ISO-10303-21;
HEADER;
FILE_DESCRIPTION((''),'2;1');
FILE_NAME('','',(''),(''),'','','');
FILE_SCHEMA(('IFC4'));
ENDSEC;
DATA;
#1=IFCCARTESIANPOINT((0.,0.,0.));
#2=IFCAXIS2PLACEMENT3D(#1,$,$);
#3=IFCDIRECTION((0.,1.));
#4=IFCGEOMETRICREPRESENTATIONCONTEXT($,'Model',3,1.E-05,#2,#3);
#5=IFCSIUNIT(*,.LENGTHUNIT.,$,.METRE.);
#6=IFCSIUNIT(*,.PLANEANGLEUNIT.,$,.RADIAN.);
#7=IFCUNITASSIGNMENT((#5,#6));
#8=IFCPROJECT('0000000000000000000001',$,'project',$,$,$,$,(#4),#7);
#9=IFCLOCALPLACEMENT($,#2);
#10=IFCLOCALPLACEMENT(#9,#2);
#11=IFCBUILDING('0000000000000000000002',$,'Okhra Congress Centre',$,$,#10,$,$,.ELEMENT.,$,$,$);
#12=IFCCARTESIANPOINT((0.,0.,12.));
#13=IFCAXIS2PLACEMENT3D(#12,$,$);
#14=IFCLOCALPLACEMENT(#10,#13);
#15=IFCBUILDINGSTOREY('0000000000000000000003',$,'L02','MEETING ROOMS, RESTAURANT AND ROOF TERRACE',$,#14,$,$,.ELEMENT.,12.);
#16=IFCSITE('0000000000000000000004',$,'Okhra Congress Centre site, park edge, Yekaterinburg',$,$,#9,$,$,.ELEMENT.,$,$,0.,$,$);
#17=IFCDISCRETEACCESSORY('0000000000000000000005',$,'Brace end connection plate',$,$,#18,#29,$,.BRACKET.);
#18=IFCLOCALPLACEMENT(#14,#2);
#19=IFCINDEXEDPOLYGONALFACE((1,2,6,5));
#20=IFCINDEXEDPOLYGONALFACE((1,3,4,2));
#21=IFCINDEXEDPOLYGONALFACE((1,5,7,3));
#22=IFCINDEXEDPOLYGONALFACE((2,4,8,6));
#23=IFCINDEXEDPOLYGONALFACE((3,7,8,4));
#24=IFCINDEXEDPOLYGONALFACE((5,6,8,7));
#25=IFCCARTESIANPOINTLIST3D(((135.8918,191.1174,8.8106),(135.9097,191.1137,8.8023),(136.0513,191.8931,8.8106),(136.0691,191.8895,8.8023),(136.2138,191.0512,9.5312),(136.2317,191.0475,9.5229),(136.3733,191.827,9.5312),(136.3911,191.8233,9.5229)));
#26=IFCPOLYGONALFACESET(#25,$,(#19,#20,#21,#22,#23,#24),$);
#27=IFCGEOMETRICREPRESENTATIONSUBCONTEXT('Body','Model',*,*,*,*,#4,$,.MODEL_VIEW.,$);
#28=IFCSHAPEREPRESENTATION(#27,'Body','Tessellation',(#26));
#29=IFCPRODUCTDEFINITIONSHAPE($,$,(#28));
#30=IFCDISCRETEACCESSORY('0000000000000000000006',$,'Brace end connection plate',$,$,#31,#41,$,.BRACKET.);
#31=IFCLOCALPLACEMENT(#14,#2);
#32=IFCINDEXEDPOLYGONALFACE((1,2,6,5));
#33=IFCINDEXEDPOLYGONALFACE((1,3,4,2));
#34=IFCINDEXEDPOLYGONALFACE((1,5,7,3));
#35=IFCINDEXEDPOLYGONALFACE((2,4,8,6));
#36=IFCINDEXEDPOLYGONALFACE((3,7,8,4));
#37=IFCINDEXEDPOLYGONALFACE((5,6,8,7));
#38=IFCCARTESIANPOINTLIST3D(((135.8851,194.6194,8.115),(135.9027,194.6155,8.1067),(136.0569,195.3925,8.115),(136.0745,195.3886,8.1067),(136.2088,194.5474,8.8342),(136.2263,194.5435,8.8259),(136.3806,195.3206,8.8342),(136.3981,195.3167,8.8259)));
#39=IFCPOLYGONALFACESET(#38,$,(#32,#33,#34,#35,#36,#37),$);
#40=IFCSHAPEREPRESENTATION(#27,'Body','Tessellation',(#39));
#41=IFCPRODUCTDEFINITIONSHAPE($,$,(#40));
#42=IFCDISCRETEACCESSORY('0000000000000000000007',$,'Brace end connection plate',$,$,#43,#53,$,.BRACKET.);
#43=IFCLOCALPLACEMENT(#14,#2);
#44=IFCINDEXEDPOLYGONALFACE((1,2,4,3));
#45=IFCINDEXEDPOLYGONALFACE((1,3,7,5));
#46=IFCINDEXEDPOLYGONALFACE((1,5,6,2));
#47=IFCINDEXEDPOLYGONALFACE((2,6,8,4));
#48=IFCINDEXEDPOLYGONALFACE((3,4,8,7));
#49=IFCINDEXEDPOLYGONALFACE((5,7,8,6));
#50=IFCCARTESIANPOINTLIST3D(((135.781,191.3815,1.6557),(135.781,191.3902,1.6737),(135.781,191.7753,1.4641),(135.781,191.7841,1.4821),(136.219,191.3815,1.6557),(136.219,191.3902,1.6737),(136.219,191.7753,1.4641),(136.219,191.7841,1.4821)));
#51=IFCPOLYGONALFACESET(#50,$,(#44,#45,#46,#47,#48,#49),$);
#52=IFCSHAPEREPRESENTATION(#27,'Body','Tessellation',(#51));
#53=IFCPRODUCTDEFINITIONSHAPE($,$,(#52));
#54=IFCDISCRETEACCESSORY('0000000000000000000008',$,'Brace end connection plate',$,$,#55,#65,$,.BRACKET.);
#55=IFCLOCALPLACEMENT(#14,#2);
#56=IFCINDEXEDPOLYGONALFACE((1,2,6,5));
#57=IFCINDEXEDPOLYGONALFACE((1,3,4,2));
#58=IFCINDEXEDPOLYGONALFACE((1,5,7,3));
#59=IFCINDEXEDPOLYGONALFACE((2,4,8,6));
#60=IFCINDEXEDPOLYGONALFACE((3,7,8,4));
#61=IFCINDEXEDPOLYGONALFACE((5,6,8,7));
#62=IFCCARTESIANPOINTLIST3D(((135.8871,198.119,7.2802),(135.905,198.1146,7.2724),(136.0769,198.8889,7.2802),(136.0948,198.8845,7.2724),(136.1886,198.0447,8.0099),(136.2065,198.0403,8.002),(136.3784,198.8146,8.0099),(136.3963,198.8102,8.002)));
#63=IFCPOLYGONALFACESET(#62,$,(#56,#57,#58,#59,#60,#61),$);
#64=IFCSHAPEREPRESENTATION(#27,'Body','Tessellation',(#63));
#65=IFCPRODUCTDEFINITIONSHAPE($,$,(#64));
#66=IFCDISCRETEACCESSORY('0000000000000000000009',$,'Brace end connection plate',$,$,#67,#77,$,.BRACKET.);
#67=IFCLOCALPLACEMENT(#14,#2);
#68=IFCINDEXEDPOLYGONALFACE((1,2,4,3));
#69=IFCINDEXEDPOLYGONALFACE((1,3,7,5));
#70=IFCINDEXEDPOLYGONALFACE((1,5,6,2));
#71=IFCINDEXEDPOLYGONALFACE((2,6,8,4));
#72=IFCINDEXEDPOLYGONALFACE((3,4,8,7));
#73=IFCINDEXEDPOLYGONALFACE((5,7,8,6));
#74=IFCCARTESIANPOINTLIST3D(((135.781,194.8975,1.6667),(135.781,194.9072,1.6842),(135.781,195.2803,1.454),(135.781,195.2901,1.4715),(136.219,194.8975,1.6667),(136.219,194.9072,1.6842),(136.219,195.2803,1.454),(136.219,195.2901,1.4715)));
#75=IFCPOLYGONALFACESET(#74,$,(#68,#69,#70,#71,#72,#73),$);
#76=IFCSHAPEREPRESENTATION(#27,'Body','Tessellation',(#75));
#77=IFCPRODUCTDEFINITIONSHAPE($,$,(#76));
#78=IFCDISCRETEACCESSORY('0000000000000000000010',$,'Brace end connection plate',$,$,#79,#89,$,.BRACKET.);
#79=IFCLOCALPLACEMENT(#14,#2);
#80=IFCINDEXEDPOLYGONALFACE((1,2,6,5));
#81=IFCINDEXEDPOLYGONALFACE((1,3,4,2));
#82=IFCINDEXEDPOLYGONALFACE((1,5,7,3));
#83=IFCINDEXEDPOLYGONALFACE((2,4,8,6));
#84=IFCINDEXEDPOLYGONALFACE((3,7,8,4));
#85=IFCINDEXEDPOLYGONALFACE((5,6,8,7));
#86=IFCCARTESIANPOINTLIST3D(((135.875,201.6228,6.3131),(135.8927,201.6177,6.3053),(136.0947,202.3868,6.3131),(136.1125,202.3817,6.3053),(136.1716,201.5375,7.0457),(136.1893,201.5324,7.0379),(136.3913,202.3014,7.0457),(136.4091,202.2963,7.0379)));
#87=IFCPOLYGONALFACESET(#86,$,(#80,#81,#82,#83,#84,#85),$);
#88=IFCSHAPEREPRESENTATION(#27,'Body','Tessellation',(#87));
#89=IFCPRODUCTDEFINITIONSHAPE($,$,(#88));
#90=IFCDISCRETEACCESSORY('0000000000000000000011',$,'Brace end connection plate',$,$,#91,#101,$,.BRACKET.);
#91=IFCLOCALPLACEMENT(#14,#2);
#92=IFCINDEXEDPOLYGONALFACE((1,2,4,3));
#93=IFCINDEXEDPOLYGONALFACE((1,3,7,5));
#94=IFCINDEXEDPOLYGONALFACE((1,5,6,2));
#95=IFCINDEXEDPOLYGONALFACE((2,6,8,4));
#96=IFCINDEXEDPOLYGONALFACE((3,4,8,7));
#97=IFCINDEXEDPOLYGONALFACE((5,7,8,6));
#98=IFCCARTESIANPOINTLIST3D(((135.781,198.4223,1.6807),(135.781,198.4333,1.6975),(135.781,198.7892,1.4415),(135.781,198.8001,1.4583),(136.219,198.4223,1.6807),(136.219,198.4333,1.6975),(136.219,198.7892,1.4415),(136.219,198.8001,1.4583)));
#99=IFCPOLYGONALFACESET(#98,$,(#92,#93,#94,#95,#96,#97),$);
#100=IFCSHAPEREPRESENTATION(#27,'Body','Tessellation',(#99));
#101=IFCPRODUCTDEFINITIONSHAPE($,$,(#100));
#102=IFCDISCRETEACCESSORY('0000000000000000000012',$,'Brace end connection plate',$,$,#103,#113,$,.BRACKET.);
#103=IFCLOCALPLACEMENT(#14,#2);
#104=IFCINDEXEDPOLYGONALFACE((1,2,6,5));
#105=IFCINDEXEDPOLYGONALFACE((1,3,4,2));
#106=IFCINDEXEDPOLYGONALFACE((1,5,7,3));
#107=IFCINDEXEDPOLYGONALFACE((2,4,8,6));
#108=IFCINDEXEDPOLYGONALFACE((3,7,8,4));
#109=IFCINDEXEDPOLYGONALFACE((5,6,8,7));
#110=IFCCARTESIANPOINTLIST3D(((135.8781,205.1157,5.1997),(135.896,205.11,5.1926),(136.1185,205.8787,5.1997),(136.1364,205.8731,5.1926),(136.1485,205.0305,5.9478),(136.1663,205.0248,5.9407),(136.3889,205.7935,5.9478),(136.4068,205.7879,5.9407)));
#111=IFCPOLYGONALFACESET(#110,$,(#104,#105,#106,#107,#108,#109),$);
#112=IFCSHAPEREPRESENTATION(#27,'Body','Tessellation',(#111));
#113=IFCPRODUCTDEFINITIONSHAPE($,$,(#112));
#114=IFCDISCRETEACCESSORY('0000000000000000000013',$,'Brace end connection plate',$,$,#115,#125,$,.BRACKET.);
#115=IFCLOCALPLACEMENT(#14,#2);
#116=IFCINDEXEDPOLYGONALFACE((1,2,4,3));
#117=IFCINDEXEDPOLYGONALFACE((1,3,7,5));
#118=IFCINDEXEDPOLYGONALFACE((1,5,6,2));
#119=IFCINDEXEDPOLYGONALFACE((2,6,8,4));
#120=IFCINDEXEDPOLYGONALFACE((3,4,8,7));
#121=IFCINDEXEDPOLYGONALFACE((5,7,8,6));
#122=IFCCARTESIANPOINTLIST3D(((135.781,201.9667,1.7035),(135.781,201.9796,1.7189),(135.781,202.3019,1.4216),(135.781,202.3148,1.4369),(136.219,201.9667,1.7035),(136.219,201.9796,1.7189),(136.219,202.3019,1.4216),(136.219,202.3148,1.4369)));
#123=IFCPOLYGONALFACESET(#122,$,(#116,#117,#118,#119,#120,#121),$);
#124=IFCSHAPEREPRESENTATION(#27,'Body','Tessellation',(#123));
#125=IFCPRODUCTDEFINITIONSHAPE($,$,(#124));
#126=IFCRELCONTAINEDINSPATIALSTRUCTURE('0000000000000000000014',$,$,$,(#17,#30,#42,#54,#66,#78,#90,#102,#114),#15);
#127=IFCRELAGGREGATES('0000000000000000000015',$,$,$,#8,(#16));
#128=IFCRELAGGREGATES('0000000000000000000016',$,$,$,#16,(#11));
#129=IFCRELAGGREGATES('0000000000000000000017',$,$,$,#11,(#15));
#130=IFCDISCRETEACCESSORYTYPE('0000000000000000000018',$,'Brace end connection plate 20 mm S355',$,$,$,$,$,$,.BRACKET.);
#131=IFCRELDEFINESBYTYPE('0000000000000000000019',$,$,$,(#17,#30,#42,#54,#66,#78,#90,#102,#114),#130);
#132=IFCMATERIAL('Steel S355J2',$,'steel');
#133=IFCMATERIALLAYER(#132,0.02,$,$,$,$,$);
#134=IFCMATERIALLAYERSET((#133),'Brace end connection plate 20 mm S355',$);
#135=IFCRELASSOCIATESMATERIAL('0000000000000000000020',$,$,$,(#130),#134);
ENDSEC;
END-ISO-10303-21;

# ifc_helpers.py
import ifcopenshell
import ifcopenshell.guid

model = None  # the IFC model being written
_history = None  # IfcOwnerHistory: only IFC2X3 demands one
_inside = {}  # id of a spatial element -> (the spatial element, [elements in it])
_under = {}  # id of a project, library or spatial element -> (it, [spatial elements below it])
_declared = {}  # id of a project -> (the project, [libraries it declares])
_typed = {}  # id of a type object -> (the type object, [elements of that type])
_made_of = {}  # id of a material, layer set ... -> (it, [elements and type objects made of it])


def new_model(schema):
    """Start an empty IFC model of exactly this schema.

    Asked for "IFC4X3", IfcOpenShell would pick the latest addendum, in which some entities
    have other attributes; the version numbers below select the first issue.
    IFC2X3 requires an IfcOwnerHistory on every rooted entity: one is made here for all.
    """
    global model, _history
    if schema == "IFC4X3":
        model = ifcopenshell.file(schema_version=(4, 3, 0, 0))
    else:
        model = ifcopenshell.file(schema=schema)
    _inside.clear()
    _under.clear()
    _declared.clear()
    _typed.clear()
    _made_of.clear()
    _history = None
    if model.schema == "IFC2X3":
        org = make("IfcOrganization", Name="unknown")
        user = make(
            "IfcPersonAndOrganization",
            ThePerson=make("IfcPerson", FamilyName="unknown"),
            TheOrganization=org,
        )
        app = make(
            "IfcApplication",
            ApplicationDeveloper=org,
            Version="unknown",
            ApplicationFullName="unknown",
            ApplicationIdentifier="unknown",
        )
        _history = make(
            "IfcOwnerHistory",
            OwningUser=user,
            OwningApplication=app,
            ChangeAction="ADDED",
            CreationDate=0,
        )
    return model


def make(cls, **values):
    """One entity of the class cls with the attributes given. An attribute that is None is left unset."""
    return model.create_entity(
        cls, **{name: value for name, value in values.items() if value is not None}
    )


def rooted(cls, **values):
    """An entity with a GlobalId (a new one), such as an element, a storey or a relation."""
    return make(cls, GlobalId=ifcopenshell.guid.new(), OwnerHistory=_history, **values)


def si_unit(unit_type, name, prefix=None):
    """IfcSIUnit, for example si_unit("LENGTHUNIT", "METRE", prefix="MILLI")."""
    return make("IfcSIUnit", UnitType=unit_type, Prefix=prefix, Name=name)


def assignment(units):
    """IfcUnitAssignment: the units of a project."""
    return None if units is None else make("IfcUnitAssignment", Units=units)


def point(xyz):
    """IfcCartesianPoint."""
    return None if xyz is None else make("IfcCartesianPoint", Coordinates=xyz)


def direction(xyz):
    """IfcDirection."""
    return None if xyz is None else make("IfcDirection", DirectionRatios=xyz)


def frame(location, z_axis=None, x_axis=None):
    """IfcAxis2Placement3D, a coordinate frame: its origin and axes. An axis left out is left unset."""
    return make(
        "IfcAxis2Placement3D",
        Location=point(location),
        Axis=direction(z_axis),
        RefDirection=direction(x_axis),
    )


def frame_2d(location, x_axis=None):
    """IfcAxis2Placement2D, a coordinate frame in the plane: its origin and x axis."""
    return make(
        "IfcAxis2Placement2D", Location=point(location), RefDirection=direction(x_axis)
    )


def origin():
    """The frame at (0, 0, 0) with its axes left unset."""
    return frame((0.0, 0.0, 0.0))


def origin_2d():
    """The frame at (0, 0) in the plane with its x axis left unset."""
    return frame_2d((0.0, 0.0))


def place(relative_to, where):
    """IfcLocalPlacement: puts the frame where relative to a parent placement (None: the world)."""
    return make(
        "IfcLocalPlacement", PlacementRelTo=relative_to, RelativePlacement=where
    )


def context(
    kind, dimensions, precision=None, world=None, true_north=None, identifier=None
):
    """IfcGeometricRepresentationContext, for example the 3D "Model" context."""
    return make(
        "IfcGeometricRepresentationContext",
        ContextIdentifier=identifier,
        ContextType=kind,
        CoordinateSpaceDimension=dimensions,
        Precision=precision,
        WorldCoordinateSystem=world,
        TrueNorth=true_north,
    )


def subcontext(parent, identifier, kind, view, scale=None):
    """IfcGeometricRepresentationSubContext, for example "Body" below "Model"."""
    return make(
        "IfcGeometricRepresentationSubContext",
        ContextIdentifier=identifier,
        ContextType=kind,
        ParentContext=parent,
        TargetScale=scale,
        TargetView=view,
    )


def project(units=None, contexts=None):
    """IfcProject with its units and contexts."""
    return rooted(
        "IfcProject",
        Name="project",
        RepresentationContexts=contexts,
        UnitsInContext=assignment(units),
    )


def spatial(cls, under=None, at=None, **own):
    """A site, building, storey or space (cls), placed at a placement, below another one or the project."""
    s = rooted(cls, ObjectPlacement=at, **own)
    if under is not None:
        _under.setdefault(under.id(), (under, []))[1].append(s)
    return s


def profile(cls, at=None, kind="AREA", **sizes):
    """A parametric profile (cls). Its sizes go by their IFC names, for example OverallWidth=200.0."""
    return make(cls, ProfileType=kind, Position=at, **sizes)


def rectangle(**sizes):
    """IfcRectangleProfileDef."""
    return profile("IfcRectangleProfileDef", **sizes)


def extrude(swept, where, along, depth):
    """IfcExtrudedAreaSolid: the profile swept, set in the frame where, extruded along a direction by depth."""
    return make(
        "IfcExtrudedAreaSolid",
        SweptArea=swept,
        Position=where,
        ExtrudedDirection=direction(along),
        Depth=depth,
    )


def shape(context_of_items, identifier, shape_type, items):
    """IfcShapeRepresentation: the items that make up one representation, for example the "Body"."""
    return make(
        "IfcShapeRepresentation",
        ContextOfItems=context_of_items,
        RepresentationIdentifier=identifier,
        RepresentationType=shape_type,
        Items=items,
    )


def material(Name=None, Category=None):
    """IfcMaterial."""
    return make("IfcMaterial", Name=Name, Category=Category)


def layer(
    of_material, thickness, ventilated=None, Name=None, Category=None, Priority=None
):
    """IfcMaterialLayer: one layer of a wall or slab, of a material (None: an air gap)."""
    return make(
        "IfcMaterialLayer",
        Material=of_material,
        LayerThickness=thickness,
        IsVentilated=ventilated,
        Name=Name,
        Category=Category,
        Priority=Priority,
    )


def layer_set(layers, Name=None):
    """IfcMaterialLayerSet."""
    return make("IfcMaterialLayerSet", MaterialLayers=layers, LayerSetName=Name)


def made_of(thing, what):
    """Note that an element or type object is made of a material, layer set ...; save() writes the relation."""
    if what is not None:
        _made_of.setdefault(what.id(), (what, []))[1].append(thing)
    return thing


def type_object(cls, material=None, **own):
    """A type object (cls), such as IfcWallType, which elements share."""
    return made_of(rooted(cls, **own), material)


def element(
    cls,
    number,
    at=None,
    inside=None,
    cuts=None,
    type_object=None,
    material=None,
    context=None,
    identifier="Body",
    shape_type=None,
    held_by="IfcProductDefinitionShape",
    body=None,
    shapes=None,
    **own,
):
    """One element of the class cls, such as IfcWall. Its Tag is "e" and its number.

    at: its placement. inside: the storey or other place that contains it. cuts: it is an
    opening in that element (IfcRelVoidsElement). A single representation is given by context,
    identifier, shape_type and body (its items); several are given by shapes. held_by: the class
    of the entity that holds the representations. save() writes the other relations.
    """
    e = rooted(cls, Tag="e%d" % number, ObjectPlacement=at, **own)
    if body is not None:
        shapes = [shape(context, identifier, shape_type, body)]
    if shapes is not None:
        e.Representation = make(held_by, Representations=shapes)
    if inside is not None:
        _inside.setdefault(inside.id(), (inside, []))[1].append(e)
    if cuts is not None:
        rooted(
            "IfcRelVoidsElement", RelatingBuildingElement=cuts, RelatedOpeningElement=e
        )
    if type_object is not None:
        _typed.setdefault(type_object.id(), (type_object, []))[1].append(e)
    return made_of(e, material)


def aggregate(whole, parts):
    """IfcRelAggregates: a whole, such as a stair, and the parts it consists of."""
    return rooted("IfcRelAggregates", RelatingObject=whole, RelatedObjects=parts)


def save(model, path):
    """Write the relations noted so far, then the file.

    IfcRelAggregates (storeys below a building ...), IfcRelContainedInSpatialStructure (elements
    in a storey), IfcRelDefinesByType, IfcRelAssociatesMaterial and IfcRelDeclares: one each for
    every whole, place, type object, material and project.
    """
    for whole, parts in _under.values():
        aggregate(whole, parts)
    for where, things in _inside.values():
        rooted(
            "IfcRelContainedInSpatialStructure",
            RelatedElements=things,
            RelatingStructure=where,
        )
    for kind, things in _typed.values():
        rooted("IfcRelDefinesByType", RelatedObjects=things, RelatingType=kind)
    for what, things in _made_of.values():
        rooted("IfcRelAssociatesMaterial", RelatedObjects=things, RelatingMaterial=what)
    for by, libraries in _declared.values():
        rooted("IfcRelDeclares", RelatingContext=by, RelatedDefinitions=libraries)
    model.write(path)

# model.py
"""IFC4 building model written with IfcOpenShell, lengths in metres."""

from ifc_helpers import new_model, si_unit, direction, frame, origin, origin_2d, place, context, subcontext, project, spatial, rectangle, extrude, material, layer, layer_set, type_object, element, save


model = new_model("IFC4")

# Units and contexts
model_context = context("Model", 3, precision=1e-05, world=origin(), true_north=direction((0.0, 1.0)))
body_context = subcontext(model_context, "Body", "Model", "MODEL_VIEW")
ifc_project = project(units=[si_unit("LENGTHUNIT", "METRE"), si_unit("PLANEANGLEUNIT", "RADIAN")], contexts=[model_context])

# Site, building, storey
site_placement = place(None, origin())
site = spatial("IfcSite", under=ifc_project, at=site_placement, Name="Okhra Congress Centre site, park edge, Yekaterinburg", CompositionType="ELEMENT", RefElevation=0.0)
building_placement = place(site_placement, origin())
building = spatial("IfcBuilding", under=site, at=building_placement, Name="Okhra Congress Centre", CompositionType="ELEMENT")
storey_placement = place(building_placement, frame((0.0, 0.0, 12.0)))
storey = spatial("IfcBuildingStorey", under=building, at=storey_placement, Name="L02", Description="MEETING ROOMS, RESTAURANT AND ROOF TERRACE", CompositionType="ELEMENT", Elevation=12.0)

# Shared definitions
ifc_material_1 = material(Name="Steel S355J2", Category="steel")

# Discrete accessories
ifc_layer = layer(ifc_material_1, 0.02)
ifc_layer_set = layer_set([ifc_layer], Name="Brace end connection plate 20 mm S355")
discrete_accessory_type = type_object("IfcDiscreteAccessoryType", Name="Brace end connection plate 20 mm S355", PredefinedType="BRACKET", material=ifc_layer_set)
discrete_accessory_1_placement = place(storey_placement, frame((136.1504, 191.4685, 9.1626), z_axis=(-0.891172, 0.183118, 0.415066), x_axis=(-0.201274, -0.979535, 0.0)))
element("IfcDiscreteAccessory", 1, at=discrete_accessory_1_placement, inside=storey, type_object=discrete_accessory_type, Name="Brace end connection plate", PredefinedType="BRACKET", context=body_context, shape_type="SweptSolid", body=[
    extrude(rectangle(XDim=0.792, YDim=0.792, at=origin_2d()), origin(), (0.0, 0.0, 1.0), 0.02),
])
discrete_accessory_2_placement = place(storey_placement, frame((136.1504, 194.9661, 8.4663), z_axis=(-0.886527, 0.197006, 0.418638), x_axis=(-0.21693, -0.976187, 0.0)))
element("IfcDiscreteAccessory", 2, at=discrete_accessory_2_placement, inside=storey, type_object=discrete_accessory_type, Name="Brace end connection plate", PredefinedType="BRACKET", context=body_context, shape_type="SweptSolid", body=[
    extrude(rectangle(XDim=0.792, YDim=0.792, at=origin_2d()), origin(), (0.0, 0.0, 1.0), 0.0198),
])
discrete_accessory_3_placement = place(storey_placement, frame((136.0, 191.5872, 1.5779), z_axis=(0.0, -0.437466, -0.899235), x_axis=(1.0, 0.0, 0.0)))
element("IfcDiscreteAccessory", 3, at=discrete_accessory_3_placement, inside=storey, type_object=discrete_accessory_type, Name="Brace end connection plate", PredefinedType="BRACKET", context=body_context, shape_type="SweptSolid", body=[
    extrude(rectangle(XDim=0.438, YDim=0.438, at=origin_2d()), origin(), (0.0, 0.0, 1.0), 0.02),
])
discrete_accessory_4_placement = place(storey_placement, frame((136.1506, 198.4624, 7.6372), z_axis=(-0.893372, 0.220283, 0.391615), x_axis=(-0.239405, -0.97092, 0.0)))
element("IfcDiscreteAccessory", 4, at=discrete_accessory_4_placement, inside=storey, type_object=discrete_accessory_type, Name="Brace end connection plate", PredefinedType="BRACKET", context=body_context, shape_type="SweptSolid", body=[
    extrude(rectangle(XDim=0.793, YDim=0.793, at=origin_2d()), origin(), (0.0, 0.0, 1.0), 0.02),
])
discrete_accessory_5_placement = place(storey_placement, frame((136.0, 195.0986, 1.5779), z_axis=(0.0, -0.485643, -0.874157), x_axis=(1.0, 0.0, 0.0)))
element("IfcDiscreteAccessory", 5, at=discrete_accessory_5_placement, inside=storey, type_object=discrete_accessory_type, Name="Brace end connection plate", PredefinedType="BRACKET", context=body_context, shape_type="SweptSolid", body=[
    extrude(rectangle(XDim=0.438, YDim=0.438, at=origin_2d()), origin(), (0.0, 0.0, 1.0), 0.02),
])
discrete_accessory_6_placement = place(storey_placement, frame((136.1509, 201.957, 6.6716), z_axis=(-0.885646, 0.254775, 0.388228), x_axis=(-0.276459, -0.961026, 0.0)))
element("IfcDiscreteAccessory", 6, at=discrete_accessory_6_placement, inside=storey, type_object=discrete_accessory_type, Name="Brace end connection plate", PredefinedType="BRACKET", context=body_context, shape_type="SweptSolid", body=[
    extrude(rectangle(XDim=0.7949, YDim=0.7949, at=origin_2d()), origin(), (0.0, 0.0, 1.0), 0.02),
])
discrete_accessory_7_placement = place(storey_placement, frame((136.0, 198.6167, 1.5779), z_axis=(0.0, -0.546268, -0.837611), x_axis=(1.0, 0.0, 0.0)))
element("IfcDiscreteAccessory", 7, at=discrete_accessory_7_placement, inside=storey, type_object=discrete_accessory_type, Name="Brace end connection plate", PredefinedType="BRACKET", context=body_context, shape_type="SweptSolid", body=[
    extrude(rectangle(XDim=0.438, YDim=0.438, at=origin_2d()), origin(), (0.0, 0.0, 1.0), 0.02),
])
discrete_accessory_8_placement = place(storey_placement, frame((136.1514, 205.449, 5.5667), z_axis=(-0.891904, 0.281011, 0.354318), x_axis=(-0.300506, -0.95378, 0.0)))
element("IfcDiscreteAccessory", 8, at=discrete_accessory_8_placement, inside=storey, type_object=discrete_accessory_type, Name="Brace end connection plate", PredefinedType="BRACKET", context=body_context, shape_type="SweptSolid", body=[
    extrude(rectangle(XDim=0.8, YDim=0.8, at=origin_2d()), origin(), (0.0, 0.0, 1.0), 0.02),
])
discrete_accessory_9_placement = place(storey_placement, frame((136.0, 202.1472, 1.5779), z_axis=(0.0, -0.643762, -0.765226), x_axis=(1.0, 0.0, 0.0)))
element("IfcDiscreteAccessory", 9, at=discrete_accessory_9_placement, inside=storey, type_object=discrete_accessory_type, Name="Brace end connection plate", PredefinedType="BRACKET", context=body_context, shape_type="SweptSolid", body=[
    extrude(rectangle(XDim=0.438, YDim=0.438, at=origin_2d()), origin(), (0.0, 0.0, 1.0), 0.02),
])

save(model, "model.ifc")
